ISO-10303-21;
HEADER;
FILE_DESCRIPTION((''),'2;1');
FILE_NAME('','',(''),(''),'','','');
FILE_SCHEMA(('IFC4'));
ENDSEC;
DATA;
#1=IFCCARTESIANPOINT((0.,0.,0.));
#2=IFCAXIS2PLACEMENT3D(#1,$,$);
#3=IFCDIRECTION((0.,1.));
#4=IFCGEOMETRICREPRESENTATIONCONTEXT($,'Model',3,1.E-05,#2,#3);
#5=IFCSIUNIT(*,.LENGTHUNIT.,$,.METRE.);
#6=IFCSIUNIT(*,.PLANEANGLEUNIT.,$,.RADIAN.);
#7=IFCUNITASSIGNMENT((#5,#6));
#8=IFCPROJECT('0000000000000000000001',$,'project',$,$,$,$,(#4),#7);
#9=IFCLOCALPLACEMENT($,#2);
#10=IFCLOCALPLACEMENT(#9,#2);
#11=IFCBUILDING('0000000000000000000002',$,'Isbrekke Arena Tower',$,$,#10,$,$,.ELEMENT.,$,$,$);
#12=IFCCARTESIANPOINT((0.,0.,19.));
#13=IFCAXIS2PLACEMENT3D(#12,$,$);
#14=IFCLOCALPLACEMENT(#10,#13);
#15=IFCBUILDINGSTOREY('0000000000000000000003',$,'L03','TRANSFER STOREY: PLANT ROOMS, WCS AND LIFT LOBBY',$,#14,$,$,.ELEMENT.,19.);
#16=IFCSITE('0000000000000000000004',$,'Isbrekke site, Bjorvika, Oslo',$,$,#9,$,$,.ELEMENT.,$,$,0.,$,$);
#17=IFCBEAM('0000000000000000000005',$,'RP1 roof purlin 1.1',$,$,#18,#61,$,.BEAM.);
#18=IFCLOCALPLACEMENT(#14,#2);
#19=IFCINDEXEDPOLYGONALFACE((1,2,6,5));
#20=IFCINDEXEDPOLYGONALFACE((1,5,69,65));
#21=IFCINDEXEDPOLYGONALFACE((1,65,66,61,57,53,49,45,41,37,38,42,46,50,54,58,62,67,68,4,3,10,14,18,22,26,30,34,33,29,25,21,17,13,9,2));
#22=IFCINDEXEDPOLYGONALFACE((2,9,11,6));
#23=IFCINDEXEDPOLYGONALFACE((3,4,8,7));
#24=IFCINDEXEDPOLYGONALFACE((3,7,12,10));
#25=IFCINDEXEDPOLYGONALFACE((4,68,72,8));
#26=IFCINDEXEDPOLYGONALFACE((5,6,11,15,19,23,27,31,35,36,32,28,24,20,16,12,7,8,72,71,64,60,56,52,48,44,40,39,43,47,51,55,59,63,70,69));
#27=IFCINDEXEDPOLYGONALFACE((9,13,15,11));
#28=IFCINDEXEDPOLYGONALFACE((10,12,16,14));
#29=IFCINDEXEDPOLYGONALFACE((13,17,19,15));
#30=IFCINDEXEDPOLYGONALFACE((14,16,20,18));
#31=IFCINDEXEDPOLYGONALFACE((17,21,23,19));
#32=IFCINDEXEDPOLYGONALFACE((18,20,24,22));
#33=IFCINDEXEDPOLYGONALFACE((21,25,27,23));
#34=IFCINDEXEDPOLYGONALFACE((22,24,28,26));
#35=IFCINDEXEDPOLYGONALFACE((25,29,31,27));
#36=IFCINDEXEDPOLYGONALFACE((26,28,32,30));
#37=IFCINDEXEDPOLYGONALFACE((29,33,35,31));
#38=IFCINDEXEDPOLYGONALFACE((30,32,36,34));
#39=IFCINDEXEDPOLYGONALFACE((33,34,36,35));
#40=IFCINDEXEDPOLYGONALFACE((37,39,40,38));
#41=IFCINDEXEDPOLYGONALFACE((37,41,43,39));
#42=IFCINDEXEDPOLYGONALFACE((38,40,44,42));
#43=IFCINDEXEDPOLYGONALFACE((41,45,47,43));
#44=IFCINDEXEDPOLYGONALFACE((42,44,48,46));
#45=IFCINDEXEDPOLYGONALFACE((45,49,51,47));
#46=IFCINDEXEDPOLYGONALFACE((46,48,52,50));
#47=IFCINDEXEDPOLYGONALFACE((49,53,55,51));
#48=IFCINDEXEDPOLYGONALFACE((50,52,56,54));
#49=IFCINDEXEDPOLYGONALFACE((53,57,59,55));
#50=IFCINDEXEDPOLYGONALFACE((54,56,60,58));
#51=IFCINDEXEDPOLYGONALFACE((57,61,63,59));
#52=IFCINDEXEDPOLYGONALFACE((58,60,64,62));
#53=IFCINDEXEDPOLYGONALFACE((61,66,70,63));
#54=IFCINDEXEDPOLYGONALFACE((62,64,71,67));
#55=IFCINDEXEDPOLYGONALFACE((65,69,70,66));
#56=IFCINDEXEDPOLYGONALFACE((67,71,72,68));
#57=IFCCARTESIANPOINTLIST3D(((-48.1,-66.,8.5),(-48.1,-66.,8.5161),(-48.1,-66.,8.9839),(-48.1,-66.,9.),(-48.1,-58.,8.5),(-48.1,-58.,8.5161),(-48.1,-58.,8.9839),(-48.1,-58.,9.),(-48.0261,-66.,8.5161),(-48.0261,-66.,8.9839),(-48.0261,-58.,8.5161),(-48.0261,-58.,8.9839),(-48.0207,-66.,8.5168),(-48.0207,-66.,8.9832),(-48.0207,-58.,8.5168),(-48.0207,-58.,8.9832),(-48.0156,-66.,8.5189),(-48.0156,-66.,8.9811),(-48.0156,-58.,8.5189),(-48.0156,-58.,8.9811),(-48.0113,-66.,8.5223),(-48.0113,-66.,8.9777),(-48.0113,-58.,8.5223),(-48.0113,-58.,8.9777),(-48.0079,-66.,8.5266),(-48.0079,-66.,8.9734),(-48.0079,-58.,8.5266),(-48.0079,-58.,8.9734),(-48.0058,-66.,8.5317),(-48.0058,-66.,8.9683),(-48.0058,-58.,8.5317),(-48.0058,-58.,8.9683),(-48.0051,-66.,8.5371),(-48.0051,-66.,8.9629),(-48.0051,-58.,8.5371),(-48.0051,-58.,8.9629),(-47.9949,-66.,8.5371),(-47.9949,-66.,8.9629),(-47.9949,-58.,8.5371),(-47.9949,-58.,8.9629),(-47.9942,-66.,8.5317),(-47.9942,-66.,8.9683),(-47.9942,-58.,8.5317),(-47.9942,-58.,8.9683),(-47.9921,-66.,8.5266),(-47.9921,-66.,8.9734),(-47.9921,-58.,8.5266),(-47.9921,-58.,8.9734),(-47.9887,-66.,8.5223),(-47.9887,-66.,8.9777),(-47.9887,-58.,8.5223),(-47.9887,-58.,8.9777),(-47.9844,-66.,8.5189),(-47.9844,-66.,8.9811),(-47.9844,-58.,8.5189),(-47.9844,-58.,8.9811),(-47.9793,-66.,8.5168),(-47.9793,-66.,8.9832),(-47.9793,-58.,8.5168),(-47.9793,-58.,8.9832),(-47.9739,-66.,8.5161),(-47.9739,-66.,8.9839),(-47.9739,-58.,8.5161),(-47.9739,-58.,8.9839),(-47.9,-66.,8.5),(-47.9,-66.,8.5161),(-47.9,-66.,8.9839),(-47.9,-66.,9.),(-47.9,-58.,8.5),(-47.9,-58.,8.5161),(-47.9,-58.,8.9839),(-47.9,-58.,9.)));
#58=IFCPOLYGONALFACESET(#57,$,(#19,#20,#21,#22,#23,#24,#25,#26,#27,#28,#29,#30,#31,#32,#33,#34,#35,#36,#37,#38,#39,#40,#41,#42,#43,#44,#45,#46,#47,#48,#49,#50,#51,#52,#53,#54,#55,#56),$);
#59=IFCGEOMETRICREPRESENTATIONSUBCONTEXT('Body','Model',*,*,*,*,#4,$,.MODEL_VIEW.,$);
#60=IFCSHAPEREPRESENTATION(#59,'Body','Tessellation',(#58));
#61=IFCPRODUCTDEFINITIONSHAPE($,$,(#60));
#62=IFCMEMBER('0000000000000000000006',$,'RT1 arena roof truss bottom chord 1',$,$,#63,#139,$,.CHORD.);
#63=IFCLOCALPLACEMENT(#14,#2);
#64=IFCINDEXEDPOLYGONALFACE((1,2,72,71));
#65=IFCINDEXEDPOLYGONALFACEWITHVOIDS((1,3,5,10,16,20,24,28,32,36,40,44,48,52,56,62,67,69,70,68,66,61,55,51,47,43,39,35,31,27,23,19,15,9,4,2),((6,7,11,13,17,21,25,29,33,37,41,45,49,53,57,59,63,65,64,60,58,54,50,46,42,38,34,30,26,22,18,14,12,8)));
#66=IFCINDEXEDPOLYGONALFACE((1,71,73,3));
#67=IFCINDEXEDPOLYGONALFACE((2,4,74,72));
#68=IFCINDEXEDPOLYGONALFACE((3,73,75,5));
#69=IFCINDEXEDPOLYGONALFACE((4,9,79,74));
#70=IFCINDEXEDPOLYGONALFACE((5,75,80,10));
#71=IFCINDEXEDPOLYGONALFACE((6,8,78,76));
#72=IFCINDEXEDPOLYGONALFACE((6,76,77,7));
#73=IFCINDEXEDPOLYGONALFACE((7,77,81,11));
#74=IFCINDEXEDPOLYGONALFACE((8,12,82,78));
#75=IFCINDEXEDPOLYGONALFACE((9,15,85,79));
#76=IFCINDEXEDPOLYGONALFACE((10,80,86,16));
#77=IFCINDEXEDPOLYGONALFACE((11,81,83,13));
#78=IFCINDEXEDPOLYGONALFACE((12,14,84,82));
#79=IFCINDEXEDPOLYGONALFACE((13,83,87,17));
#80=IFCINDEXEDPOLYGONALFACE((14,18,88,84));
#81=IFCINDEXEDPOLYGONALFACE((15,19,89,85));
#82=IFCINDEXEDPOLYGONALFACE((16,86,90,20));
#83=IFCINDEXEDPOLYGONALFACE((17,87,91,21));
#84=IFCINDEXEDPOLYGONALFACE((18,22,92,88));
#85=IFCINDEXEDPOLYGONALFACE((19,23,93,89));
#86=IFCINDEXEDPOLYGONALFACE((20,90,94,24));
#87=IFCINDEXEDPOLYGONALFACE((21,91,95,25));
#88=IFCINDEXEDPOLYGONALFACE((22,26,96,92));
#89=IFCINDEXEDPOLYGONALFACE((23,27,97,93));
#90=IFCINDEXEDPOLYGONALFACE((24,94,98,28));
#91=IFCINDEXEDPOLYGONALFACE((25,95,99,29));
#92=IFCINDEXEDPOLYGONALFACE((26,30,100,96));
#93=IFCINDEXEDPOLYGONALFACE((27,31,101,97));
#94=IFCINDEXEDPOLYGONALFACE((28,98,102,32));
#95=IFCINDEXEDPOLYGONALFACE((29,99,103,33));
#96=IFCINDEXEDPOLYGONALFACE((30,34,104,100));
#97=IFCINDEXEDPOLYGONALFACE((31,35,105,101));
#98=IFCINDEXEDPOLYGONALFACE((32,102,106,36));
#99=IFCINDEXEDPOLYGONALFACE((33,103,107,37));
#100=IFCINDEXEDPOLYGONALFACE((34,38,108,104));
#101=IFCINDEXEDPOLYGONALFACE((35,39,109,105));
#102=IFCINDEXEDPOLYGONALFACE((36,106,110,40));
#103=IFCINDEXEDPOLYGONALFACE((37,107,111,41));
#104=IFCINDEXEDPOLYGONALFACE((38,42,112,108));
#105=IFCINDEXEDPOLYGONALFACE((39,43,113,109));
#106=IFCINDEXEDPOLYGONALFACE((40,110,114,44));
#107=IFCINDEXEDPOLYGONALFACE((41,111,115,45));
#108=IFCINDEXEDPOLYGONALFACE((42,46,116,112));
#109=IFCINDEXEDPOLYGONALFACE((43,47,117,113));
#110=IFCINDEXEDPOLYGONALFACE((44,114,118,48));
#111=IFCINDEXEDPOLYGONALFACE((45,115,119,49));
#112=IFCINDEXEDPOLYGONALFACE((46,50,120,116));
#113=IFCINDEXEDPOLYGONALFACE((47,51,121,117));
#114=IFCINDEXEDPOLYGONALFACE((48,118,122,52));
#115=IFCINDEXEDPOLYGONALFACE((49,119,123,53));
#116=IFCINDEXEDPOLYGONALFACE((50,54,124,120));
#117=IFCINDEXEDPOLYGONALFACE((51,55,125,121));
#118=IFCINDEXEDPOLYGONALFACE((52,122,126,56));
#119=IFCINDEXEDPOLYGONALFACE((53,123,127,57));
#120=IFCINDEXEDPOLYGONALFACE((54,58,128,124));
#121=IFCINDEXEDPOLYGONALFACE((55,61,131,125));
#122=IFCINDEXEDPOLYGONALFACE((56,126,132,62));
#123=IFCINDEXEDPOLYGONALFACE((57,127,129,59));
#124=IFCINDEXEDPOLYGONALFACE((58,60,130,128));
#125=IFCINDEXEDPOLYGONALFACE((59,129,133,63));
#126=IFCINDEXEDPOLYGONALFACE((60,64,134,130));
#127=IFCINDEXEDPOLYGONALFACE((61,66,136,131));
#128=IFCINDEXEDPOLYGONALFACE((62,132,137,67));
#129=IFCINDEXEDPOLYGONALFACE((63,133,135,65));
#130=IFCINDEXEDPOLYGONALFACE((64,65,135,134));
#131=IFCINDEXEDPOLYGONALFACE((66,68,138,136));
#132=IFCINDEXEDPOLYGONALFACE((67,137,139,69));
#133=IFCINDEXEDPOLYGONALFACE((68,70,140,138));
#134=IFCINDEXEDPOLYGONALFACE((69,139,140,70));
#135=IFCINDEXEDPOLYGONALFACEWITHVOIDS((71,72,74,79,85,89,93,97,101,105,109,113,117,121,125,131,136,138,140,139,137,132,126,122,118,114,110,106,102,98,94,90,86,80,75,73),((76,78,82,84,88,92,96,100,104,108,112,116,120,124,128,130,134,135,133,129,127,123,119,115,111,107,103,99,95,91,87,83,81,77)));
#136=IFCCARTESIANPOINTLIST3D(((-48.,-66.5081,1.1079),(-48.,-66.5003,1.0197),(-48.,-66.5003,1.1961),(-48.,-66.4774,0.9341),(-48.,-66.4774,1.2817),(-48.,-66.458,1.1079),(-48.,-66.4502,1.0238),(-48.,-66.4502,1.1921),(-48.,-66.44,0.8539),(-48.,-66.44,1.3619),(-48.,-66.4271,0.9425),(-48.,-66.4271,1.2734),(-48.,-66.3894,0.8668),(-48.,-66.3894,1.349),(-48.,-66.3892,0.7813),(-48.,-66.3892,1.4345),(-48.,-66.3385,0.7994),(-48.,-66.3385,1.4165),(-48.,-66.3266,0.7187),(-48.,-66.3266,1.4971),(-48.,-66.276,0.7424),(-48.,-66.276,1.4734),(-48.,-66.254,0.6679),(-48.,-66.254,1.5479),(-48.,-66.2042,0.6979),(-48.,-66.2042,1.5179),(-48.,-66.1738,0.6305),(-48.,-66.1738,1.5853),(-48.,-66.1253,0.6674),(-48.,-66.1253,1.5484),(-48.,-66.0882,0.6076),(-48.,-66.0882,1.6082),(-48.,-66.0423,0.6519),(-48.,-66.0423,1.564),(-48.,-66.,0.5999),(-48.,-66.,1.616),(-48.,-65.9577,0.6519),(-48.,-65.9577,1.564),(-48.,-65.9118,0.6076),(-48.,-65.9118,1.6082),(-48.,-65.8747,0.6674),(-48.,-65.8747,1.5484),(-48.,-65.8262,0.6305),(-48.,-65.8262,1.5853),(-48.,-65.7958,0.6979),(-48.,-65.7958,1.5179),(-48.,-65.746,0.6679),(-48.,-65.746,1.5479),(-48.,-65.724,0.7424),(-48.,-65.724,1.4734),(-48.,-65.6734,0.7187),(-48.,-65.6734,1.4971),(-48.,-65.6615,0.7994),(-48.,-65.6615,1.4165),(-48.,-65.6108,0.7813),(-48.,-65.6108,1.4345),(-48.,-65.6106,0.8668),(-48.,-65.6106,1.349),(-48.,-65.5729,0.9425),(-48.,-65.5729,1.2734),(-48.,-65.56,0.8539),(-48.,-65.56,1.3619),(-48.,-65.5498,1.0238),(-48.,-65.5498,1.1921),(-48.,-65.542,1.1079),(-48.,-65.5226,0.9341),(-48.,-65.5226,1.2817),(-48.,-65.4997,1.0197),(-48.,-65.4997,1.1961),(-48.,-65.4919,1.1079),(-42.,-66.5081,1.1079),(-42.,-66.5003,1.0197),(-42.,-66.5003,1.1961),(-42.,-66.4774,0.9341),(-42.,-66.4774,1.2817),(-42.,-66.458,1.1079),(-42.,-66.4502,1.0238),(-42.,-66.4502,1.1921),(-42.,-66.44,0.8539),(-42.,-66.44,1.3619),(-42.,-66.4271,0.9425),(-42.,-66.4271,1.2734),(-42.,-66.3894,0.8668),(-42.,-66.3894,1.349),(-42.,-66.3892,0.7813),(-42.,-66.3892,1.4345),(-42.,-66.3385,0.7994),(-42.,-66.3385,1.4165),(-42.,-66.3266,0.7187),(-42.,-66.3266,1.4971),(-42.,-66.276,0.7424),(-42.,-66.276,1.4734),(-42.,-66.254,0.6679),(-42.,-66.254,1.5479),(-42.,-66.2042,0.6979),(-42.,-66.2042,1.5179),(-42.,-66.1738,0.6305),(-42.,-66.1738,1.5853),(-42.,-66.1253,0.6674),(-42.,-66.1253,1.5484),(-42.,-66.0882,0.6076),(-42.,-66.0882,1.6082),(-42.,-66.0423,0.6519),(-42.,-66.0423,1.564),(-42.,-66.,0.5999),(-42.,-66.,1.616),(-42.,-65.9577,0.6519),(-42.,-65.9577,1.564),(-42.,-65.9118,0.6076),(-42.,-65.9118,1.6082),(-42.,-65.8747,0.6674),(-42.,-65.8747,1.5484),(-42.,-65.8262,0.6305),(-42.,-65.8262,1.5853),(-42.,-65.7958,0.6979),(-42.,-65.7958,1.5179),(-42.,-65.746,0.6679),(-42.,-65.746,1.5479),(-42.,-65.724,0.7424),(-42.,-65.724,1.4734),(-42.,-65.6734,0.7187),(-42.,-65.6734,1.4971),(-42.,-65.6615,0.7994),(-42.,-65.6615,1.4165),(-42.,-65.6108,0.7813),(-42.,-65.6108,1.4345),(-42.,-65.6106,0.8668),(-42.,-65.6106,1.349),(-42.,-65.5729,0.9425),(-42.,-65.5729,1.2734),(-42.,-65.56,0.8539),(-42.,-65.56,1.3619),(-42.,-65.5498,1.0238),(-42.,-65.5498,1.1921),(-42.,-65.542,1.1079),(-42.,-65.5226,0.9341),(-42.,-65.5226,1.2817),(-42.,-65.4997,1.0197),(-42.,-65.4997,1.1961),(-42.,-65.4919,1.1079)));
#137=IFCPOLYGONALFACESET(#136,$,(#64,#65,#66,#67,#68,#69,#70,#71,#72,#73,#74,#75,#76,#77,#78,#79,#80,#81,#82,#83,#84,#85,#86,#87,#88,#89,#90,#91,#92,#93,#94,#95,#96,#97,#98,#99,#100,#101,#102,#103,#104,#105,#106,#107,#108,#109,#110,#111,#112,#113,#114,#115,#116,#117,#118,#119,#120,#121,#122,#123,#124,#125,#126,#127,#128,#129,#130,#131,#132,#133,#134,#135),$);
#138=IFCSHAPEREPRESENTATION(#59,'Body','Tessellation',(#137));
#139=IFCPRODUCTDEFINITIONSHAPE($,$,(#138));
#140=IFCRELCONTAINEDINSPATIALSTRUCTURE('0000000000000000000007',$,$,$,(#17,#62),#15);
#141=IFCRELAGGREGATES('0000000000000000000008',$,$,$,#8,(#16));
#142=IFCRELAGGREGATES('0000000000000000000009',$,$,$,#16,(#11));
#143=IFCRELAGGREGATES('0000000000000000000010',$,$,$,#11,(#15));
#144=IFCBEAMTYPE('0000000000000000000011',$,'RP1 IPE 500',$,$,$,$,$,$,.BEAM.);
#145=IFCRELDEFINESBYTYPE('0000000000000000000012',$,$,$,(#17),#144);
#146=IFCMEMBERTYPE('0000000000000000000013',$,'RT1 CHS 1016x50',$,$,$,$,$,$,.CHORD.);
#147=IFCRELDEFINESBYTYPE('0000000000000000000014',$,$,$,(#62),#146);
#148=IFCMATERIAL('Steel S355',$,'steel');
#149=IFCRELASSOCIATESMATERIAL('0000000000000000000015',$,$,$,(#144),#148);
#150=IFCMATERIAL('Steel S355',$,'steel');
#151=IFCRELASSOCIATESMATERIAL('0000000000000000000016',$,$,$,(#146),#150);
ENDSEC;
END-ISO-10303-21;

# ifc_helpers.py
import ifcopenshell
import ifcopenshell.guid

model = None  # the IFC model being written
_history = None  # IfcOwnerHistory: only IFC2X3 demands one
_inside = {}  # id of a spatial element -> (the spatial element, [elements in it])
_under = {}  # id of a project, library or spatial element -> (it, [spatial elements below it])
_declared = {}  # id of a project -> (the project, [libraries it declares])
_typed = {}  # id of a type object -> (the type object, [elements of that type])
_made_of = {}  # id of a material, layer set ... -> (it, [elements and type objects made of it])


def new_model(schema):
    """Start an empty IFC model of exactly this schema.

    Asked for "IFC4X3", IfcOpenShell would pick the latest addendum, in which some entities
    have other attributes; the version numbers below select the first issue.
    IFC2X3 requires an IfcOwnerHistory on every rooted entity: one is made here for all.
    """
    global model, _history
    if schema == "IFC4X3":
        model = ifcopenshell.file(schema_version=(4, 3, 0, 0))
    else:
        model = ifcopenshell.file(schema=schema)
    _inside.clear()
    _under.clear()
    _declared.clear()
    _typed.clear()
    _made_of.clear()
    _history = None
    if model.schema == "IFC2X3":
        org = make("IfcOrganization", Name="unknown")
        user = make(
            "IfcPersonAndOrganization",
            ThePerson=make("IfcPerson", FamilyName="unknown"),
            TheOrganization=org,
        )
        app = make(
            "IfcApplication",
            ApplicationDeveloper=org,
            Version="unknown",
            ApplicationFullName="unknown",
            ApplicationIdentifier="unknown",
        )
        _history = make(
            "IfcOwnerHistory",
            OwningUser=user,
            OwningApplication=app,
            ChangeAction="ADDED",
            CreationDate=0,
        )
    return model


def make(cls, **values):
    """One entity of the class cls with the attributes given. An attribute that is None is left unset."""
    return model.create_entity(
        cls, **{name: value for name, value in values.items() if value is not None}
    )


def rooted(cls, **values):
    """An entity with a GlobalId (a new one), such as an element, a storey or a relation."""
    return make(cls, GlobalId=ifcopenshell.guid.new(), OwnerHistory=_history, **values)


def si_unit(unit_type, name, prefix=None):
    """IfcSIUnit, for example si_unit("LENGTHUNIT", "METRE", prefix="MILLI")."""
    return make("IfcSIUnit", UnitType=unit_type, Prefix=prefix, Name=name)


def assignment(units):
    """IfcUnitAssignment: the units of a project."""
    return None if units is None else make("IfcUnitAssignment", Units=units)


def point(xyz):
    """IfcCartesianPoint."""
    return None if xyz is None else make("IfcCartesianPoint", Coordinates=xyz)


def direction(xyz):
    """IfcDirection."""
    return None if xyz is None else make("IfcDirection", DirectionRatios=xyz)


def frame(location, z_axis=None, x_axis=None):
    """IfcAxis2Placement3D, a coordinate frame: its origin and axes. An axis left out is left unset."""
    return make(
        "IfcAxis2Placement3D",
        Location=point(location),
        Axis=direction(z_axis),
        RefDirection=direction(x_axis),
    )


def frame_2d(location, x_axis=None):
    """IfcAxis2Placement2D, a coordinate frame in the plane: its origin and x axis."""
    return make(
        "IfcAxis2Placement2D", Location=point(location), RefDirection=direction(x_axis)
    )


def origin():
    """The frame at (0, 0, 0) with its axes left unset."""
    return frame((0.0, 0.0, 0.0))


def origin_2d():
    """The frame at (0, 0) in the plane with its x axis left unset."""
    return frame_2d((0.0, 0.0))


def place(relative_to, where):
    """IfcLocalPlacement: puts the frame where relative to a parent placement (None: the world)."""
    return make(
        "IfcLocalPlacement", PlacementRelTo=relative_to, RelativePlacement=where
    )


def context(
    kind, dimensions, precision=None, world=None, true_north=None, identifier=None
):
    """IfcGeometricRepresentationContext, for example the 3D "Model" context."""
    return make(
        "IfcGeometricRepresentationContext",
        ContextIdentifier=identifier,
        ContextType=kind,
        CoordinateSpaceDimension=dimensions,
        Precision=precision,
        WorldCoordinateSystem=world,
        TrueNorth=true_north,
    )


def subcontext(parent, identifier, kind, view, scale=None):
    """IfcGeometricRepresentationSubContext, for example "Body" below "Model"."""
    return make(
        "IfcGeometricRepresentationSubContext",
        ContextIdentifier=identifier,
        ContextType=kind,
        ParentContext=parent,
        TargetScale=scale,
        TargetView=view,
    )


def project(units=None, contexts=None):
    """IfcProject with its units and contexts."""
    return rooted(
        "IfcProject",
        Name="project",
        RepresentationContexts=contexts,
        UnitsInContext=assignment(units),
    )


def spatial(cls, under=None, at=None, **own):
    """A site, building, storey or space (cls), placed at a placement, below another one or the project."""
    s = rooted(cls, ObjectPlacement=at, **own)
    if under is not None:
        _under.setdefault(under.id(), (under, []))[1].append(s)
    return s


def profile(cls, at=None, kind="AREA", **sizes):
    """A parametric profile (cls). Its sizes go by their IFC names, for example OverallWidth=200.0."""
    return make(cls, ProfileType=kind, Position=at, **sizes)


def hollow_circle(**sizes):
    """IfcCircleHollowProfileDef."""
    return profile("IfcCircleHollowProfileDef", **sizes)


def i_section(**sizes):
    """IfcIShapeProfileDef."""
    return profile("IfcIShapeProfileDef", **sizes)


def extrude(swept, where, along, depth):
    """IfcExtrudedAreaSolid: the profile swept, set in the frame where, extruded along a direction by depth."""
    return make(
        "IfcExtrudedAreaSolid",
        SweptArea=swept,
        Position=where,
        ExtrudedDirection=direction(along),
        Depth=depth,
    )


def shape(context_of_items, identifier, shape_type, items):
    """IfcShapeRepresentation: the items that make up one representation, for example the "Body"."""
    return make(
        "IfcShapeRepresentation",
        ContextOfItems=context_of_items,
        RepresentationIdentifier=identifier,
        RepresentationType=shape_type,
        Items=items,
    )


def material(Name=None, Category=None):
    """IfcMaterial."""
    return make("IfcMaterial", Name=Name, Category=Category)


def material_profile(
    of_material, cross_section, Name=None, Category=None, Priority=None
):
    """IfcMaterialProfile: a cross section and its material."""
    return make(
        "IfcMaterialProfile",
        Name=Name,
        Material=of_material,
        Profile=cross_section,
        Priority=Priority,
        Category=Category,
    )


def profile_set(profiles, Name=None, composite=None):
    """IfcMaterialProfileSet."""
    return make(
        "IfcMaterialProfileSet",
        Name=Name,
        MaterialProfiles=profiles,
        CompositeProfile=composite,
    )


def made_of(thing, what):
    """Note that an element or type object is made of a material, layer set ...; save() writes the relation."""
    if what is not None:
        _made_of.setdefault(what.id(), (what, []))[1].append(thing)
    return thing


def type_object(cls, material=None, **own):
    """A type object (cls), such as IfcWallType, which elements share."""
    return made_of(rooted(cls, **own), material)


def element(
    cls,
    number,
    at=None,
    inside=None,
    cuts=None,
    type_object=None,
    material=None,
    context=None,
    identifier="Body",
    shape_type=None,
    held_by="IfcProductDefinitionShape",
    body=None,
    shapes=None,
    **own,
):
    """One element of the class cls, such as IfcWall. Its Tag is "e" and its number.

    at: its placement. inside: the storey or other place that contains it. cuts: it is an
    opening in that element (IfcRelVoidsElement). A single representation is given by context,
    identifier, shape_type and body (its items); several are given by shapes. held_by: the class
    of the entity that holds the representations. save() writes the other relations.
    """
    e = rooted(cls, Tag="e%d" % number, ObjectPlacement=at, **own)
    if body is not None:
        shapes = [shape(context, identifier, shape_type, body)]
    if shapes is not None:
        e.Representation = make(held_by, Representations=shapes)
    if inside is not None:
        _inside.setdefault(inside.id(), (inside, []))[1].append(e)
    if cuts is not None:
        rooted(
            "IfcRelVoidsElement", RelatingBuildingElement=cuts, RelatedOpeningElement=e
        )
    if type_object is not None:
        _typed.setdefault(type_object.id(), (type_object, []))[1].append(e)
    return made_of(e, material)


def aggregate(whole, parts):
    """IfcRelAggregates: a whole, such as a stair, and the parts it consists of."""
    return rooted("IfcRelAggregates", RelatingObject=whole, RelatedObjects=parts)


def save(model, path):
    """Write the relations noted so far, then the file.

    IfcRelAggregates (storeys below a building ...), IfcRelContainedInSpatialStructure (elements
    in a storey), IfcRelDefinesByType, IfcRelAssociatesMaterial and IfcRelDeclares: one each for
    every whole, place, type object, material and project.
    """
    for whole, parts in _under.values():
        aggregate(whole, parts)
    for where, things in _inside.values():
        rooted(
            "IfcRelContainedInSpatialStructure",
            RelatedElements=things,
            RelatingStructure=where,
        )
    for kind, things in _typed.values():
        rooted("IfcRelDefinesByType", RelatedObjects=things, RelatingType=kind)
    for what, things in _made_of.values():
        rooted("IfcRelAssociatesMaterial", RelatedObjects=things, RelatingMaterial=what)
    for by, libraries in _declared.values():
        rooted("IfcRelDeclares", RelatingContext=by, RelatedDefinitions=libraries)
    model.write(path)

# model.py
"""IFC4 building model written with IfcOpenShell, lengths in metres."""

from ifc_helpers import new_model, si_unit, direction, frame, origin, origin_2d, place, context, subcontext, project, spatial, hollow_circle, i_section, extrude, material, material_profile, profile_set, type_object, element, save


model = new_model("IFC4")

# Units and contexts
model_context = context("Model", 3, precision=1e-05, world=origin(), true_north=direction((0.0, 1.0)))
body_context = subcontext(model_context, "Body", "Model", "MODEL_VIEW")
ifc_project = project(units=[si_unit("LENGTHUNIT", "METRE"), si_unit("PLANEANGLEUNIT", "RADIAN")], contexts=[model_context])

# Site, building, storey
site_placement = place(None, origin())
site = spatial("IfcSite", under=ifc_project, at=site_placement, Name="Isbrekke site, Bjorvika, Oslo", CompositionType="ELEMENT", RefElevation=0.0)
building_placement = place(site_placement, origin())
building = spatial("IfcBuilding", under=site, at=building_placement, Name="Isbrekke Arena Tower", CompositionType="ELEMENT")
storey_placement = place(building_placement, frame((0.0, 0.0, 19.0)))
storey = spatial("IfcBuildingStorey", under=building, at=storey_placement, Name="L03", Description="TRANSFER STOREY: PLANT ROOMS, WCS AND LIFT LOBBY", CompositionType="ELEMENT", Elevation=19.0)

# Beam
ifc_material_1 = material(Name="Steel S355", Category="steel")
ifc_material_profile_1 = material_profile(ifc_material_1, i_section(OverallWidth=0.2, OverallDepth=0.5, WebThickness=0.0103, FlangeThickness=0.0161, FilletRadius=0.021, at=origin_2d()), Name="IPE 500")
ifc_profile_set_1 = profile_set([ifc_material_profile_1], Name="Steel S355")
beam_type = type_object("IfcBeamType", Name="RP1 IPE 500", PredefinedType="BEAM", material=ifc_profile_set_1)
beam_placement = place(storey_placement, frame((-48.0, -66.0, 8.75), z_axis=(0.0, 1.0, 0.0), x_axis=(-1.0, 0.0, 0.0)))
element("IfcBeam", 1, at=beam_placement, inside=storey, type_object=beam_type, Name="RP1 roof purlin 1.1", PredefinedType="BEAM", context=body_context, shape_type="SweptSolid", body=[
    extrude(i_section(OverallWidth=0.2, OverallDepth=0.5, WebThickness=0.0103, FlangeThickness=0.0161, FilletRadius=0.021, at=origin_2d()), origin(), (0.0, 0.0, 1.0), 8.0),
])

# Member
ifc_material_2 = material(Name="Steel S355", Category="steel")
ifc_material_profile_2 = material_profile(ifc_material_2, hollow_circle(Radius=0.5081, WallThickness=0.05, at=origin_2d()), Name="CHS 1016x50")
ifc_profile_set_2 = profile_set([ifc_material_profile_2], Name="Steel S355")
member_type_1 = type_object("IfcMemberType", Name="RT1 CHS 1016x50", PredefinedType="CHORD", material=ifc_profile_set_2)
for number, where, z_axis, x_axis, name in (
    (2, (-48.0, -66.0, 1.1079), (1.0, 0.0, 0.0), (0.0, 1.0, 0.0), "RT1 arena roof truss bottom chord 1"),
):
    element("IfcMember", number, at=place(storey_placement, frame(where, z_axis=z_axis, x_axis=x_axis)), inside=storey, type_object=member_type_1, Name=name, PredefinedType="CHORD", context=body_context, shape_type="SweptSolid", body=[
        extrude(hollow_circle(Radius=0.5081, WallThickness=0.05, at=origin_2d()), origin(), (0.0, 0.0, 1.0), 6.0),
    ])

save(model, "model.ifc")
